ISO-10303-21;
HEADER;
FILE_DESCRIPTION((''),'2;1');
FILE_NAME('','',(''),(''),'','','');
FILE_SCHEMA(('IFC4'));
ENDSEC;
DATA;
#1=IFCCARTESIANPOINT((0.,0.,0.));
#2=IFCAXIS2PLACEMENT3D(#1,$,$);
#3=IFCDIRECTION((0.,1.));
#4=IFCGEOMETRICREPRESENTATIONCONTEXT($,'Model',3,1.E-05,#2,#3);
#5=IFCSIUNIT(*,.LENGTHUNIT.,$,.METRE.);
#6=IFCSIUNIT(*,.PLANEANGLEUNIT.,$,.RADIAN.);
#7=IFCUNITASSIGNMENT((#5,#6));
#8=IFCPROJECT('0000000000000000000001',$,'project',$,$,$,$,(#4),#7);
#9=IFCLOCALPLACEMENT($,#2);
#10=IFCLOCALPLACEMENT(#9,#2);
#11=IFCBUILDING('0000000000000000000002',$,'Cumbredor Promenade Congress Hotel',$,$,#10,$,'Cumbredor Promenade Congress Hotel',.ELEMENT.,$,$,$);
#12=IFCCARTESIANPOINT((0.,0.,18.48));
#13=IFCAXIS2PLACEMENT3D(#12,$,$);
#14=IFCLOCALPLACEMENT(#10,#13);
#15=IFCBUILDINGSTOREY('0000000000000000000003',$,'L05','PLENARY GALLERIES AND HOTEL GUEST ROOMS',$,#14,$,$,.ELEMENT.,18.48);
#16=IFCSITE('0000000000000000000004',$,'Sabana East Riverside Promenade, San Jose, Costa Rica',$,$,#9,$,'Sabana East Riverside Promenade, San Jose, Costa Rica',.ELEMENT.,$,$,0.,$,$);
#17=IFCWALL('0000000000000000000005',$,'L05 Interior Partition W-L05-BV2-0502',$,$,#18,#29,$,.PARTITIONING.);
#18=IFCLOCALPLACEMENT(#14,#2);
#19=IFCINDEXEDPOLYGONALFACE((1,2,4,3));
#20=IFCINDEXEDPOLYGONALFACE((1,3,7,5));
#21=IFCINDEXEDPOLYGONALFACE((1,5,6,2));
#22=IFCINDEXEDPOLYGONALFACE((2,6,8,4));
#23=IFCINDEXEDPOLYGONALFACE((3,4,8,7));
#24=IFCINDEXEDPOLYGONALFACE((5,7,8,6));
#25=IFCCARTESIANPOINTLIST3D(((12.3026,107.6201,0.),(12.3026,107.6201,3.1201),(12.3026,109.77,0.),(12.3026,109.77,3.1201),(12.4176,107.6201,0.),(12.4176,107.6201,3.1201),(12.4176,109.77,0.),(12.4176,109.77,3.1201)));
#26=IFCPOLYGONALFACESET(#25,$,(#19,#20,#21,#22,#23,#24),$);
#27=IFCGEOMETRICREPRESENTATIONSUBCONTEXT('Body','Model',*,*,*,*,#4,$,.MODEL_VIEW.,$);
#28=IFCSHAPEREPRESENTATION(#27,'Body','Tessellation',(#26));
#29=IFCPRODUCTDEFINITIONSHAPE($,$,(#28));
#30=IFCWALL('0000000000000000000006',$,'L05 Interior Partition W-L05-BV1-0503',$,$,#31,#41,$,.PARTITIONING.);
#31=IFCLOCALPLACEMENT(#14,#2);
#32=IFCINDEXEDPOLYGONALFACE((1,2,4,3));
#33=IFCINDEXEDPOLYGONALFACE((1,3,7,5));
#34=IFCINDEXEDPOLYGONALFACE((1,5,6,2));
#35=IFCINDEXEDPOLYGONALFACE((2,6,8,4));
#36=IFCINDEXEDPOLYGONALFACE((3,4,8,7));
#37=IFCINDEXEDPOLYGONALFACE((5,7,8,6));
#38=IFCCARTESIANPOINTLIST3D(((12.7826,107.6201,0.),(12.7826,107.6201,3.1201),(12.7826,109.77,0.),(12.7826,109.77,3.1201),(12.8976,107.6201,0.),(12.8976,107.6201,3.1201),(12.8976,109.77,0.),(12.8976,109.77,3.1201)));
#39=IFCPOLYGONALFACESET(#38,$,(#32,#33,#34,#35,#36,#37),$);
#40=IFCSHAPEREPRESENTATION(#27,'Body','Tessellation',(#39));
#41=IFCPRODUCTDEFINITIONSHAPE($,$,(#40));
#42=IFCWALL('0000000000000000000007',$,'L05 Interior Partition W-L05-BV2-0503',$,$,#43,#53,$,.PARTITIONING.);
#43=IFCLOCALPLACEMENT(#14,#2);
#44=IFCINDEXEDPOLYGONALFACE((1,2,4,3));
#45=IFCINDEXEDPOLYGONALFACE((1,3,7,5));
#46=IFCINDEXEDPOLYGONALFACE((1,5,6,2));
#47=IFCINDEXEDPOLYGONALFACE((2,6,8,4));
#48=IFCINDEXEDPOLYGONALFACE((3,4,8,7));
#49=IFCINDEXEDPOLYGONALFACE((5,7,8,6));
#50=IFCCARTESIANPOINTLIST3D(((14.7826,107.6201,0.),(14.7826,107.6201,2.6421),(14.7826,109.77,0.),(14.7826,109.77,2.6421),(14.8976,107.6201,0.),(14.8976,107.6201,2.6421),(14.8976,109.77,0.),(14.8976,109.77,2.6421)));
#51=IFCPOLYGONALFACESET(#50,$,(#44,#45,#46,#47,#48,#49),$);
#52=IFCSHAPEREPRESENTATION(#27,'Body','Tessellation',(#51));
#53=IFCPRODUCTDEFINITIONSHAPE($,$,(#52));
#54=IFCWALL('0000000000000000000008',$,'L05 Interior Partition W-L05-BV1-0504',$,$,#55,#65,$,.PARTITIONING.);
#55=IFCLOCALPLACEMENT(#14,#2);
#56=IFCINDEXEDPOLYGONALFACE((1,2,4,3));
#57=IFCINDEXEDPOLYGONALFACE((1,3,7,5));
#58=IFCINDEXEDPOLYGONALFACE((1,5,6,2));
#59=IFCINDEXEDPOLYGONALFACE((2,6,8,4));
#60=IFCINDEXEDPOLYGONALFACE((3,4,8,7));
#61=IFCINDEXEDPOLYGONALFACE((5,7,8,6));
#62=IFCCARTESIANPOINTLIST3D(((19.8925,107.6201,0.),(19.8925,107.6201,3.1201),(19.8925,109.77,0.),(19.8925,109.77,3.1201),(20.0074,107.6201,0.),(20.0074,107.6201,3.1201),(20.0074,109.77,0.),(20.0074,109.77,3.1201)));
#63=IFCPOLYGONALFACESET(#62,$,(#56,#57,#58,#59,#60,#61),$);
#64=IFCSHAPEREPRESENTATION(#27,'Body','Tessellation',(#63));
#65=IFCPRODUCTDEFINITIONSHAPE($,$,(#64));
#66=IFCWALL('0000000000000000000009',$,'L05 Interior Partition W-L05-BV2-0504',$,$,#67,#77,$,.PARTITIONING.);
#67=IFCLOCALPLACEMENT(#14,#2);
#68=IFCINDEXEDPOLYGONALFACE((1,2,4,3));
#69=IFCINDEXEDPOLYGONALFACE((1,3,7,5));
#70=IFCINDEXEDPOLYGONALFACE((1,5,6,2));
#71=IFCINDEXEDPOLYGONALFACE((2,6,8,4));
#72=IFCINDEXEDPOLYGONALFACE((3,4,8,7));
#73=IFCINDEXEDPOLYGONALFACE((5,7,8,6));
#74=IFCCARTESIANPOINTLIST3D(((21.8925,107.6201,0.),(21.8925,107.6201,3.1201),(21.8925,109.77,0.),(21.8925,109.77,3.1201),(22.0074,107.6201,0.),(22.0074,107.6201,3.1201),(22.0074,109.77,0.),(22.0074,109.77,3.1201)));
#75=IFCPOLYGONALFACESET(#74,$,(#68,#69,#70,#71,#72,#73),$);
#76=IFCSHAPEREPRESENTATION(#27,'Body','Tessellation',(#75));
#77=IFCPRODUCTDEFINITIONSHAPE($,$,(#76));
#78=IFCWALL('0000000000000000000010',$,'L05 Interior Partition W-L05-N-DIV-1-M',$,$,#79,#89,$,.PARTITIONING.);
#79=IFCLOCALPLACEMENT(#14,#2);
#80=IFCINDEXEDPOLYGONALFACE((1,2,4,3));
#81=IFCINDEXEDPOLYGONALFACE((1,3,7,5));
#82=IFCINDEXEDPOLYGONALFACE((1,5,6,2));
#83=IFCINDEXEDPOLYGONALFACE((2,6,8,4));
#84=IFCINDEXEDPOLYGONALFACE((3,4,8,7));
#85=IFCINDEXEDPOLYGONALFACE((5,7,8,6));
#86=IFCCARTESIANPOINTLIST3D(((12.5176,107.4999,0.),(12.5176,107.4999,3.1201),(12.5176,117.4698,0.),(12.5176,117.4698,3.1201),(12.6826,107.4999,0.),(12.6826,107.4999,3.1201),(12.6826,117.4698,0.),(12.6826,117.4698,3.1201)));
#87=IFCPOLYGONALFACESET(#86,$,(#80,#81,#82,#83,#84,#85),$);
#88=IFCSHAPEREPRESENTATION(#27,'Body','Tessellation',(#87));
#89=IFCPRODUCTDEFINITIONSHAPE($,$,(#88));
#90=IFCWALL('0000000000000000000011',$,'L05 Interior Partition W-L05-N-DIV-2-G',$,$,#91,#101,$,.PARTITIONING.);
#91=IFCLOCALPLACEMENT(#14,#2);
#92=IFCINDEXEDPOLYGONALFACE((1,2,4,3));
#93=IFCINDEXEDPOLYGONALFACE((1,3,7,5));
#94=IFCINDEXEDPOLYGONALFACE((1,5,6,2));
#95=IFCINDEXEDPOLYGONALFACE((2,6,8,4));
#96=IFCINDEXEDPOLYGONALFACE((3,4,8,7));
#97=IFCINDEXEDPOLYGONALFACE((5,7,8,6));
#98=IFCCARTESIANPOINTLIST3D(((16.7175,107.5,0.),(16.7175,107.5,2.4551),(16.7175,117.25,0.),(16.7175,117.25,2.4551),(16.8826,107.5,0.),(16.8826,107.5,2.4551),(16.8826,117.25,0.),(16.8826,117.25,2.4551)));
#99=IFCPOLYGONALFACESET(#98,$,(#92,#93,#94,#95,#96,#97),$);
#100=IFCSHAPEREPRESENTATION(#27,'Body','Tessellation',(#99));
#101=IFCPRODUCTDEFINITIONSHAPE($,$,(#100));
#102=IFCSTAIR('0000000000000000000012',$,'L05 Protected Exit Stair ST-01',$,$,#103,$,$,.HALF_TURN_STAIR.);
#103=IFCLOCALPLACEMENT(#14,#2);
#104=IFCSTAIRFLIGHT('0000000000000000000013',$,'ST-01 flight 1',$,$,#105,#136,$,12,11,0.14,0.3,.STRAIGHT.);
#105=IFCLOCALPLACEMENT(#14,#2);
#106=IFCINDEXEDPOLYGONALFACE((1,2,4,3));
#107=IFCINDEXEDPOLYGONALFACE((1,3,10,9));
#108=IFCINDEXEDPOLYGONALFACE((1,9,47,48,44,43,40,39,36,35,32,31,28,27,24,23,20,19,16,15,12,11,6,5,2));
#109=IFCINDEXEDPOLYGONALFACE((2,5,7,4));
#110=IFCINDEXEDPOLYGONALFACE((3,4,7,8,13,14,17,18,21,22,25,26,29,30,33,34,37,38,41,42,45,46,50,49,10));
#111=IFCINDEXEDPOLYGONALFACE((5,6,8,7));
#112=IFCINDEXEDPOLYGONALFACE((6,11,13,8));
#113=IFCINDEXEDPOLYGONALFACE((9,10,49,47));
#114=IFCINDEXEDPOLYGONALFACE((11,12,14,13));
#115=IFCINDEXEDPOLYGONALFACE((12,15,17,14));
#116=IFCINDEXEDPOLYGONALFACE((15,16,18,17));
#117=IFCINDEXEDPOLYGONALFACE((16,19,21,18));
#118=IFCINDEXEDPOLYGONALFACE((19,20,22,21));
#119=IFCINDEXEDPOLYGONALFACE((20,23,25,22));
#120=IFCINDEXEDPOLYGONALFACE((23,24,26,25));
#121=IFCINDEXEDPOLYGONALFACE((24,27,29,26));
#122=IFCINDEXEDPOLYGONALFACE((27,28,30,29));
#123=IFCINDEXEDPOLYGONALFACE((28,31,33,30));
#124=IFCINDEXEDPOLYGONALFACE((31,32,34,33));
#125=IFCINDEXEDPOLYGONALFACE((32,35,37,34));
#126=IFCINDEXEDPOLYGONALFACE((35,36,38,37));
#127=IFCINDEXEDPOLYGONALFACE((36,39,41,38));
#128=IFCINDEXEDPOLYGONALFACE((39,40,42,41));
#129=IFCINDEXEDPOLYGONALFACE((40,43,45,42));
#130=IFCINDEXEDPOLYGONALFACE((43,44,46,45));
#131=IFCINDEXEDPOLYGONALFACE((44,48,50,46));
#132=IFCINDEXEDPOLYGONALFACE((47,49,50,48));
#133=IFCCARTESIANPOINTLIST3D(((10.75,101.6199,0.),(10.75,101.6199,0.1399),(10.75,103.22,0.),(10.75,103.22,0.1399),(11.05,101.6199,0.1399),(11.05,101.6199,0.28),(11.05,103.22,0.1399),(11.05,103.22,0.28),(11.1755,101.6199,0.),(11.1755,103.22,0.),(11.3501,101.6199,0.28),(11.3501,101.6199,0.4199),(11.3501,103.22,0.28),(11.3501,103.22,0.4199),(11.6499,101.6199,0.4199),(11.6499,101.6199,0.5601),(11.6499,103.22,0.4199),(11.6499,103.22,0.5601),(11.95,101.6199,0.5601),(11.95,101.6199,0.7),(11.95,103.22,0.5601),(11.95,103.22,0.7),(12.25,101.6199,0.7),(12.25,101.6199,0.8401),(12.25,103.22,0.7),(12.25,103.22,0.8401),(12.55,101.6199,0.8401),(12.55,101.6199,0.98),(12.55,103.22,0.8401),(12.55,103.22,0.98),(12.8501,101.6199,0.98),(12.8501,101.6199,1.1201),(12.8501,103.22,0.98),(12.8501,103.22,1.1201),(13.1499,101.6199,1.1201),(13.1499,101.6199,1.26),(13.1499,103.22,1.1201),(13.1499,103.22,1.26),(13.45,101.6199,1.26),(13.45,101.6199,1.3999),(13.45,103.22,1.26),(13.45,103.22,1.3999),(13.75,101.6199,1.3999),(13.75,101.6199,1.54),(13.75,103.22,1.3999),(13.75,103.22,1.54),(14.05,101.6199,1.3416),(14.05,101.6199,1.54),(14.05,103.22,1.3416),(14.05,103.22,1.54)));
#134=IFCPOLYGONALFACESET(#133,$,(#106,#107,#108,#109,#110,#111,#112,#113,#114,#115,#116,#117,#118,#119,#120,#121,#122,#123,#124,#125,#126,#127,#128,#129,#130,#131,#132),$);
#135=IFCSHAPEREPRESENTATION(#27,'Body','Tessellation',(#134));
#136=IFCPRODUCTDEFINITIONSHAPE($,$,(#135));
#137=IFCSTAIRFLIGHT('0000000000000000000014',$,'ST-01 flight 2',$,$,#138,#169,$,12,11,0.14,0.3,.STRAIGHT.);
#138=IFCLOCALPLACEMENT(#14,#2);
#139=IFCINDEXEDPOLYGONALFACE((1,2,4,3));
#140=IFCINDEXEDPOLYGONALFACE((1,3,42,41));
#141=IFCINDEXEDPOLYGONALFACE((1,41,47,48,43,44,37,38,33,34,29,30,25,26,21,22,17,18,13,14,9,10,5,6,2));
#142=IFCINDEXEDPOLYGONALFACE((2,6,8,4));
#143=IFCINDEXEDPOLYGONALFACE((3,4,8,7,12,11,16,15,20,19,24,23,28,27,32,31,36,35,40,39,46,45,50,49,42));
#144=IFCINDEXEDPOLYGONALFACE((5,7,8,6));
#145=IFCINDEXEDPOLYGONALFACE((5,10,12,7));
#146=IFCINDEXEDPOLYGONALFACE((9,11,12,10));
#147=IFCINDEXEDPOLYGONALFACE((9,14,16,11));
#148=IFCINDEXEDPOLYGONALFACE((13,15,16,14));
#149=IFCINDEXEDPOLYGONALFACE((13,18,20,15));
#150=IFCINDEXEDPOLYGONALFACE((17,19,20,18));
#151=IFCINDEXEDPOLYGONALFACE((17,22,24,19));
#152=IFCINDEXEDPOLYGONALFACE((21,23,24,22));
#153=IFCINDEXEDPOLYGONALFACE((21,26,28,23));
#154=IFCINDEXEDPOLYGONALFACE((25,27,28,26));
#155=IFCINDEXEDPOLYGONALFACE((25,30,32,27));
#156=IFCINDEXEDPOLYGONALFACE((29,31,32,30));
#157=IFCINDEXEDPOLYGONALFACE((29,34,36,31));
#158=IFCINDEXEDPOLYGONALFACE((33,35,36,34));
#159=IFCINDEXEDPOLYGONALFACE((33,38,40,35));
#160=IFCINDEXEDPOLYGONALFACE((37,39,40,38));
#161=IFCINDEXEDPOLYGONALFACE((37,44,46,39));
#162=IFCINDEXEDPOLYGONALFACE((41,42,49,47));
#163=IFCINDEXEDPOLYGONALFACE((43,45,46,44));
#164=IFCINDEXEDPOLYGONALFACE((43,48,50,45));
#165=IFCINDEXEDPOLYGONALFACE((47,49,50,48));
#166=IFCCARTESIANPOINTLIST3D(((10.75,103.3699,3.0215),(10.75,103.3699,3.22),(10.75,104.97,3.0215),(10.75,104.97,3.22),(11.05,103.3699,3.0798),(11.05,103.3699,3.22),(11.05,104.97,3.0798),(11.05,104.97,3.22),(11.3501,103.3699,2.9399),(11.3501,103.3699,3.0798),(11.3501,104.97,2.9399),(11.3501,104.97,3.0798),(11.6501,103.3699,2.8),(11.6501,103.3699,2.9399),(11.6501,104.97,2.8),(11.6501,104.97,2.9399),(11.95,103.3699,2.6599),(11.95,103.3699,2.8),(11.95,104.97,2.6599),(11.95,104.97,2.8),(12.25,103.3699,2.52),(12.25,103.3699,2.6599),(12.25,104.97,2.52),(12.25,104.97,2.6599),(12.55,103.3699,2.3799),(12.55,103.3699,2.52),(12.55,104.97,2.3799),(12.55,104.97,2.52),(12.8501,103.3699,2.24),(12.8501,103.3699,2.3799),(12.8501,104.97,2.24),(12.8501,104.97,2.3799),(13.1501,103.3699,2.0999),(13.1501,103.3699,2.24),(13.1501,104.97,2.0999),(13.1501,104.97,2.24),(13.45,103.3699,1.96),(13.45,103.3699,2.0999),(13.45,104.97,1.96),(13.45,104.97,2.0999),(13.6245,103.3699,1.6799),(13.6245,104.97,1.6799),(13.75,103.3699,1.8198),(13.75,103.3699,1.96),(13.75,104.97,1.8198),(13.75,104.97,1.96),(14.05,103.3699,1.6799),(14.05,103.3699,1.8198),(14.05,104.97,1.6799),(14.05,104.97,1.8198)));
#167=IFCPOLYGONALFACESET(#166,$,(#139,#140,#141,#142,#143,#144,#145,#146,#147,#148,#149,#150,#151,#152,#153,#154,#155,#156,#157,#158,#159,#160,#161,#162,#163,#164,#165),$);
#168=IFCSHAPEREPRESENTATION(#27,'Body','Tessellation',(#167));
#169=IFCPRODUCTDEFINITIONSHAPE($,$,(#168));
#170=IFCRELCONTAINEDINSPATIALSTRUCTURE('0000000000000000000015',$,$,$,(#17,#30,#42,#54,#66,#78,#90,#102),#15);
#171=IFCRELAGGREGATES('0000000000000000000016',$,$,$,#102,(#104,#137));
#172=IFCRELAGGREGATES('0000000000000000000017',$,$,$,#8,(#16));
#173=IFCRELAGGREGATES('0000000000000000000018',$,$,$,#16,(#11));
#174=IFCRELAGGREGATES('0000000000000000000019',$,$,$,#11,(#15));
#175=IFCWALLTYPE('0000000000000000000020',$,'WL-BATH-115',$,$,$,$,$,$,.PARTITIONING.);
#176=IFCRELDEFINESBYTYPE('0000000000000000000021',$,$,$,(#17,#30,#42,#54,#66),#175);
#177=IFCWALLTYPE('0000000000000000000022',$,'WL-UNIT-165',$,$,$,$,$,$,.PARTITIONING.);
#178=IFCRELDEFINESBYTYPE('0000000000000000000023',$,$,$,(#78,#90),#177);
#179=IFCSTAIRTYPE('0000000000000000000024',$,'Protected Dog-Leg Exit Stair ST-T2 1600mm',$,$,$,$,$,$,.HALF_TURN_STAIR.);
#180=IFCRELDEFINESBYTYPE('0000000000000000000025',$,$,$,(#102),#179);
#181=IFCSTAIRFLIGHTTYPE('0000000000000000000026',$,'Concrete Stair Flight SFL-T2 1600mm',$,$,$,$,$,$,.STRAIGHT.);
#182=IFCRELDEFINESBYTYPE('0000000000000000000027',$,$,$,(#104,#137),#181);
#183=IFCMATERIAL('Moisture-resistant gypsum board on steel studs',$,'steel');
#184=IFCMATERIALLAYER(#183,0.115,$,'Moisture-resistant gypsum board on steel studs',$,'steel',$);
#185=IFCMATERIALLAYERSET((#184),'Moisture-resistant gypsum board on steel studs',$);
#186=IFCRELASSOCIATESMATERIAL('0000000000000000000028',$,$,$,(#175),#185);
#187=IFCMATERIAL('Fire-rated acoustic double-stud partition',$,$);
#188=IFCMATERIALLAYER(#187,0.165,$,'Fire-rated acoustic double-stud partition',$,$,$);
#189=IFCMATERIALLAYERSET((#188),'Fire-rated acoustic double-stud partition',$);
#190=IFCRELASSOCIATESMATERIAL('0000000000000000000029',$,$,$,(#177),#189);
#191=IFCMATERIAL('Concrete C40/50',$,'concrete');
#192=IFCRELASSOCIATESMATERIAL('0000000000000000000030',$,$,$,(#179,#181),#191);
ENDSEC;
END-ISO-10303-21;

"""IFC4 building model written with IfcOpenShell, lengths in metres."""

from ifc_helpers import new_model, si_unit, direction, frame, frame_2d, origin, place, context, subcontext, project, spatial, polyline, rectangle, outline, extrude, material, layer, layer_set, type_object, element, aggregate, save


model = new_model("IFC4")

# Units and contexts
model_context = context("Model", 3, precision=1e-05, world=origin(), true_north=direction((0.0, 1.0)))
body_context = subcontext(model_context, "Body", "Model", "MODEL_VIEW")
ifc_project = project(units=[si_unit("LENGTHUNIT", "METRE"), si_unit("PLANEANGLEUNIT", "RADIAN")], contexts=[model_context])

# Site, building, storey
site_placement = place(None, origin())
site = spatial("IfcSite", under=ifc_project, at=site_placement, Name="Sabana East Riverside Promenade, San Jose, Costa Rica", LongName="Sabana East Riverside Promenade, San Jose, Costa Rica", CompositionType="ELEMENT", RefElevation=0.0)
building_placement = place(site_placement, origin())
building = spatial("IfcBuilding", under=site, at=building_placement, Name="Cumbredor Promenade Congress Hotel", LongName="Cumbredor Promenade Congress Hotel", CompositionType="ELEMENT")
storey_placement = place(building_placement, frame((0.0, 0.0, 18.48)))
storey = spatial("IfcBuildingStorey", under=building, at=storey_placement, Name="L05", Description="PLENARY GALLERIES AND HOTEL GUEST ROOMS", CompositionType="ELEMENT", Elevation=18.48)

# Walls
ifc_material_1 = material(Name="Moisture-resistant gypsum board on steel studs", Category="steel")
ifc_layer_1 = layer(ifc_material_1, 0.115, Name="Moisture-resistant gypsum board on steel studs", Category="steel")
ifc_layer_set_1 = layer_set([ifc_layer_1], Name="Moisture-resistant gypsum board on steel studs")
wall_type_1 = type_object("IfcWallType", Name="WL-BATH-115", PredefinedType="PARTITIONING", material=ifc_layer_set_1)
for number, where, z_axis, x_axis, name in (
    (1, (12.3601, 107.6201, 0.0), (0.0, 0.0, 1.0), (0.0, 1.0, 0.0), "L05 Interior Partition W-L05-BV2-0502"),
    (2, (12.8401, 107.6201, 0.0), (0.0, 0.0, 1.0), (0.0, 1.0, 0.0), "L05 Interior Partition W-L05-BV1-0503"),
):
    element("IfcWall", number, at=place(storey_placement, frame(where, z_axis=z_axis, x_axis=x_axis)), inside=storey, type_object=wall_type_1, Name=name, PredefinedType="PARTITIONING", context=body_context, shape_type="SweptSolid", body=[
        extrude(rectangle(XDim=2.1499, YDim=0.115, at=frame_2d((1.075, 0.0))), origin(), (0.0, 0.0, 1.0), 3.1201),
    ])
wall_1_placement = place(storey_placement, frame((14.8401, 107.6201, 0.0), z_axis=(0.0, 0.0, 1.0), x_axis=(0.0, 1.0, 0.0)))
element("IfcWall", 3, at=wall_1_placement, inside=storey, type_object=wall_type_1, Name="L05 Interior Partition W-L05-BV2-0503", PredefinedType="PARTITIONING", context=body_context, shape_type="SweptSolid", body=[
    extrude(rectangle(XDim=2.1499, YDim=0.115, at=frame_2d((1.075, 0.0))), origin(), (0.0, 0.0, 1.0), 2.6421),
])
for number, where, z_axis, x_axis, name in (
    (4, (19.95, 107.6201, 0.0), (0.0, 0.0, 1.0), (0.0, 1.0, 0.0), "L05 Interior Partition W-L05-BV1-0504"),
    (5, (21.95, 107.6201, 0.0), (0.0, 0.0, 1.0), (0.0, 1.0, 0.0), "L05 Interior Partition W-L05-BV2-0504"),
):
    element("IfcWall", number, at=place(storey_placement, frame(where, z_axis=z_axis, x_axis=x_axis)), inside=storey, type_object=wall_type_1, Name=name, PredefinedType="PARTITIONING", context=body_context, shape_type="SweptSolid", body=[
        extrude(rectangle(XDim=2.1499, YDim=0.115, at=frame_2d((1.075, 0.0))), origin(), (0.0, 0.0, 1.0), 3.1201),
    ])

# Shared definitions
ifc_material_2 = material(Name="Concrete C40/50", Category="concrete")

# Walls
ifc_material_3 = material(Name="Fire-rated acoustic double-stud partition")
ifc_layer_2 = layer(ifc_material_3, 0.165, Name="Fire-rated acoustic double-stud partition")
ifc_layer_set_2 = layer_set([ifc_layer_2], Name="Fire-rated acoustic double-stud partition")
wall_type_2 = type_object("IfcWallType", Name="WL-UNIT-165", PredefinedType="PARTITIONING", material=ifc_layer_set_2)
wall_2_placement = place(storey_placement, frame((12.6001, 107.5, 0.0), z_axis=(0.0, 0.0, 1.0), x_axis=(0.0, 1.0, 0.0)))
element("IfcWall", 6, at=wall_2_placement, inside=storey, type_object=wall_type_2, Name="L05 Interior Partition W-L05-N-DIV-1-M", PredefinedType="PARTITIONING", context=body_context, shape_type="SweptSolid", body=[
    extrude(rectangle(XDim=9.97, YDim=0.165, at=frame_2d((4.9849, 0.0))), origin(), (0.0, 0.0, 1.0), 3.1201),
])
wall_3_placement = place(storey_placement, frame((16.8, 107.5, 0.0), z_axis=(0.0, 0.0, 1.0), x_axis=(0.0, 1.0, 0.0)))
element("IfcWall", 7, at=wall_3_placement, inside=storey, type_object=wall_type_2, Name="L05 Interior Partition W-L05-N-DIV-2-G", PredefinedType="PARTITIONING", context=body_context, shape_type="SweptSolid", body=[
    extrude(rectangle(XDim=9.75, YDim=0.165, at=frame_2d((4.875, 0.0))), origin(), (0.0, 0.0, 1.0), 2.4551),
])

# Stair, stair flights
stair_type = type_object("IfcStairType", Name="Protected Dog-Leg Exit Stair ST-T2 1600mm", PredefinedType="HALF_TURN_STAIR", material=ifc_material_2)
stair_1_placement = place(storey_placement, origin())
stair_1 = element("IfcStair", 8, at=stair_1_placement, inside=storey, type_object=stair_type, Name="L05 Protected Exit Stair ST-01", PredefinedType="HALF_TURN_STAIR")
stair_flight_type = type_object("IfcStairFlightType", Name="Concrete Stair Flight SFL-T2 1600mm", PredefinedType="STRAIGHT", material=ifc_material_2)
stair_flight_1_placement = place(storey_placement, frame((10.75, 102.4199, 0.0), z_axis=(0.0, 0.0, 1.0), x_axis=(1.0, 0.0, 0.0)))
stair_flight_1 = element("IfcStairFlight", 9, at=stair_flight_1_placement, type_object=stair_flight_type, Name="ST-01 flight 1", NumberOfRisers=12, NumberOfTreads=11, PredefinedType="STRAIGHT", RiserHeight=0.14, TreadLength=0.3, context=body_context, shape_type="SweptSolid", body=[
    extrude(outline(polyline([(0.0, 0.0), (0.0, 0.1399), (0.3, 0.1399), (0.3, 0.28), (0.6001, 0.28), (0.6001, 0.4199), (0.8999, 0.4199), (0.8999, 0.5601), (1.2, 0.5601), (1.2, 0.7), (1.5, 0.7), (1.5, 0.8401), (1.8, 0.8401), (1.8, 0.98), (2.1001, 0.98), (2.1001, 1.1201), (2.3999, 1.1201), (2.3999, 1.26), (2.7, 1.26), (2.7, 1.3999), (3.0, 1.3999), (3.0, 1.54), (3.3, 1.54), (3.3, 1.6799), (3.3, 1.3416), (0.4255, 0.0), (0.0, 0.0)])), frame((0.0, 0.8, 0.0), z_axis=(0.0, -1.0, 0.0), x_axis=(1.0, 0.0, 0.0)), (0.0, 0.0, 1.0), 1.6001),
])
stair_flight_2_placement = place(storey_placement, frame((14.05, 104.1699, 1.6799), z_axis=(0.0, 0.0, 1.0), x_axis=(-1.0, 0.0, 0.0)))
stair_flight_2 = element("IfcStairFlight", 10, at=stair_flight_2_placement, type_object=stair_flight_type, Name="ST-01 flight 2", NumberOfRisers=12, NumberOfTreads=11, PredefinedType="STRAIGHT", RiserHeight=0.14, TreadLength=0.3, context=body_context, shape_type="SweptSolid", body=[
    extrude(outline(polyline([(0.0, 0.0), (0.0, 0.1399), (0.3, 0.1399), (0.3, 0.28), (0.6001, 0.28), (0.6001, 0.4199), (0.8999, 0.4199), (0.8999, 0.5601), (1.2, 0.5601), (1.2, 0.7), (1.5, 0.7), (1.5, 0.8401), (1.8, 0.8401), (1.8, 0.98), (2.1001, 0.98), (2.1001, 1.1201), (2.3999, 1.1201), (2.3999, 1.26), (2.7, 1.26), (2.7, 1.3999), (3.0, 1.3999), (3.0, 1.54), (3.3, 1.54), (3.3, 1.6799), (3.3, 1.3416), (0.4255, 0.0), (0.0, 0.0)])), frame((0.0, 0.8, 0.0), z_axis=(0.0, -1.0, 0.0), x_axis=(1.0, 0.0, 0.0)), (0.0, 0.0, 1.0), 1.6001),
])
aggregate(stair_1, [stair_flight_1, stair_flight_2])

save(model, "model.ifc")
